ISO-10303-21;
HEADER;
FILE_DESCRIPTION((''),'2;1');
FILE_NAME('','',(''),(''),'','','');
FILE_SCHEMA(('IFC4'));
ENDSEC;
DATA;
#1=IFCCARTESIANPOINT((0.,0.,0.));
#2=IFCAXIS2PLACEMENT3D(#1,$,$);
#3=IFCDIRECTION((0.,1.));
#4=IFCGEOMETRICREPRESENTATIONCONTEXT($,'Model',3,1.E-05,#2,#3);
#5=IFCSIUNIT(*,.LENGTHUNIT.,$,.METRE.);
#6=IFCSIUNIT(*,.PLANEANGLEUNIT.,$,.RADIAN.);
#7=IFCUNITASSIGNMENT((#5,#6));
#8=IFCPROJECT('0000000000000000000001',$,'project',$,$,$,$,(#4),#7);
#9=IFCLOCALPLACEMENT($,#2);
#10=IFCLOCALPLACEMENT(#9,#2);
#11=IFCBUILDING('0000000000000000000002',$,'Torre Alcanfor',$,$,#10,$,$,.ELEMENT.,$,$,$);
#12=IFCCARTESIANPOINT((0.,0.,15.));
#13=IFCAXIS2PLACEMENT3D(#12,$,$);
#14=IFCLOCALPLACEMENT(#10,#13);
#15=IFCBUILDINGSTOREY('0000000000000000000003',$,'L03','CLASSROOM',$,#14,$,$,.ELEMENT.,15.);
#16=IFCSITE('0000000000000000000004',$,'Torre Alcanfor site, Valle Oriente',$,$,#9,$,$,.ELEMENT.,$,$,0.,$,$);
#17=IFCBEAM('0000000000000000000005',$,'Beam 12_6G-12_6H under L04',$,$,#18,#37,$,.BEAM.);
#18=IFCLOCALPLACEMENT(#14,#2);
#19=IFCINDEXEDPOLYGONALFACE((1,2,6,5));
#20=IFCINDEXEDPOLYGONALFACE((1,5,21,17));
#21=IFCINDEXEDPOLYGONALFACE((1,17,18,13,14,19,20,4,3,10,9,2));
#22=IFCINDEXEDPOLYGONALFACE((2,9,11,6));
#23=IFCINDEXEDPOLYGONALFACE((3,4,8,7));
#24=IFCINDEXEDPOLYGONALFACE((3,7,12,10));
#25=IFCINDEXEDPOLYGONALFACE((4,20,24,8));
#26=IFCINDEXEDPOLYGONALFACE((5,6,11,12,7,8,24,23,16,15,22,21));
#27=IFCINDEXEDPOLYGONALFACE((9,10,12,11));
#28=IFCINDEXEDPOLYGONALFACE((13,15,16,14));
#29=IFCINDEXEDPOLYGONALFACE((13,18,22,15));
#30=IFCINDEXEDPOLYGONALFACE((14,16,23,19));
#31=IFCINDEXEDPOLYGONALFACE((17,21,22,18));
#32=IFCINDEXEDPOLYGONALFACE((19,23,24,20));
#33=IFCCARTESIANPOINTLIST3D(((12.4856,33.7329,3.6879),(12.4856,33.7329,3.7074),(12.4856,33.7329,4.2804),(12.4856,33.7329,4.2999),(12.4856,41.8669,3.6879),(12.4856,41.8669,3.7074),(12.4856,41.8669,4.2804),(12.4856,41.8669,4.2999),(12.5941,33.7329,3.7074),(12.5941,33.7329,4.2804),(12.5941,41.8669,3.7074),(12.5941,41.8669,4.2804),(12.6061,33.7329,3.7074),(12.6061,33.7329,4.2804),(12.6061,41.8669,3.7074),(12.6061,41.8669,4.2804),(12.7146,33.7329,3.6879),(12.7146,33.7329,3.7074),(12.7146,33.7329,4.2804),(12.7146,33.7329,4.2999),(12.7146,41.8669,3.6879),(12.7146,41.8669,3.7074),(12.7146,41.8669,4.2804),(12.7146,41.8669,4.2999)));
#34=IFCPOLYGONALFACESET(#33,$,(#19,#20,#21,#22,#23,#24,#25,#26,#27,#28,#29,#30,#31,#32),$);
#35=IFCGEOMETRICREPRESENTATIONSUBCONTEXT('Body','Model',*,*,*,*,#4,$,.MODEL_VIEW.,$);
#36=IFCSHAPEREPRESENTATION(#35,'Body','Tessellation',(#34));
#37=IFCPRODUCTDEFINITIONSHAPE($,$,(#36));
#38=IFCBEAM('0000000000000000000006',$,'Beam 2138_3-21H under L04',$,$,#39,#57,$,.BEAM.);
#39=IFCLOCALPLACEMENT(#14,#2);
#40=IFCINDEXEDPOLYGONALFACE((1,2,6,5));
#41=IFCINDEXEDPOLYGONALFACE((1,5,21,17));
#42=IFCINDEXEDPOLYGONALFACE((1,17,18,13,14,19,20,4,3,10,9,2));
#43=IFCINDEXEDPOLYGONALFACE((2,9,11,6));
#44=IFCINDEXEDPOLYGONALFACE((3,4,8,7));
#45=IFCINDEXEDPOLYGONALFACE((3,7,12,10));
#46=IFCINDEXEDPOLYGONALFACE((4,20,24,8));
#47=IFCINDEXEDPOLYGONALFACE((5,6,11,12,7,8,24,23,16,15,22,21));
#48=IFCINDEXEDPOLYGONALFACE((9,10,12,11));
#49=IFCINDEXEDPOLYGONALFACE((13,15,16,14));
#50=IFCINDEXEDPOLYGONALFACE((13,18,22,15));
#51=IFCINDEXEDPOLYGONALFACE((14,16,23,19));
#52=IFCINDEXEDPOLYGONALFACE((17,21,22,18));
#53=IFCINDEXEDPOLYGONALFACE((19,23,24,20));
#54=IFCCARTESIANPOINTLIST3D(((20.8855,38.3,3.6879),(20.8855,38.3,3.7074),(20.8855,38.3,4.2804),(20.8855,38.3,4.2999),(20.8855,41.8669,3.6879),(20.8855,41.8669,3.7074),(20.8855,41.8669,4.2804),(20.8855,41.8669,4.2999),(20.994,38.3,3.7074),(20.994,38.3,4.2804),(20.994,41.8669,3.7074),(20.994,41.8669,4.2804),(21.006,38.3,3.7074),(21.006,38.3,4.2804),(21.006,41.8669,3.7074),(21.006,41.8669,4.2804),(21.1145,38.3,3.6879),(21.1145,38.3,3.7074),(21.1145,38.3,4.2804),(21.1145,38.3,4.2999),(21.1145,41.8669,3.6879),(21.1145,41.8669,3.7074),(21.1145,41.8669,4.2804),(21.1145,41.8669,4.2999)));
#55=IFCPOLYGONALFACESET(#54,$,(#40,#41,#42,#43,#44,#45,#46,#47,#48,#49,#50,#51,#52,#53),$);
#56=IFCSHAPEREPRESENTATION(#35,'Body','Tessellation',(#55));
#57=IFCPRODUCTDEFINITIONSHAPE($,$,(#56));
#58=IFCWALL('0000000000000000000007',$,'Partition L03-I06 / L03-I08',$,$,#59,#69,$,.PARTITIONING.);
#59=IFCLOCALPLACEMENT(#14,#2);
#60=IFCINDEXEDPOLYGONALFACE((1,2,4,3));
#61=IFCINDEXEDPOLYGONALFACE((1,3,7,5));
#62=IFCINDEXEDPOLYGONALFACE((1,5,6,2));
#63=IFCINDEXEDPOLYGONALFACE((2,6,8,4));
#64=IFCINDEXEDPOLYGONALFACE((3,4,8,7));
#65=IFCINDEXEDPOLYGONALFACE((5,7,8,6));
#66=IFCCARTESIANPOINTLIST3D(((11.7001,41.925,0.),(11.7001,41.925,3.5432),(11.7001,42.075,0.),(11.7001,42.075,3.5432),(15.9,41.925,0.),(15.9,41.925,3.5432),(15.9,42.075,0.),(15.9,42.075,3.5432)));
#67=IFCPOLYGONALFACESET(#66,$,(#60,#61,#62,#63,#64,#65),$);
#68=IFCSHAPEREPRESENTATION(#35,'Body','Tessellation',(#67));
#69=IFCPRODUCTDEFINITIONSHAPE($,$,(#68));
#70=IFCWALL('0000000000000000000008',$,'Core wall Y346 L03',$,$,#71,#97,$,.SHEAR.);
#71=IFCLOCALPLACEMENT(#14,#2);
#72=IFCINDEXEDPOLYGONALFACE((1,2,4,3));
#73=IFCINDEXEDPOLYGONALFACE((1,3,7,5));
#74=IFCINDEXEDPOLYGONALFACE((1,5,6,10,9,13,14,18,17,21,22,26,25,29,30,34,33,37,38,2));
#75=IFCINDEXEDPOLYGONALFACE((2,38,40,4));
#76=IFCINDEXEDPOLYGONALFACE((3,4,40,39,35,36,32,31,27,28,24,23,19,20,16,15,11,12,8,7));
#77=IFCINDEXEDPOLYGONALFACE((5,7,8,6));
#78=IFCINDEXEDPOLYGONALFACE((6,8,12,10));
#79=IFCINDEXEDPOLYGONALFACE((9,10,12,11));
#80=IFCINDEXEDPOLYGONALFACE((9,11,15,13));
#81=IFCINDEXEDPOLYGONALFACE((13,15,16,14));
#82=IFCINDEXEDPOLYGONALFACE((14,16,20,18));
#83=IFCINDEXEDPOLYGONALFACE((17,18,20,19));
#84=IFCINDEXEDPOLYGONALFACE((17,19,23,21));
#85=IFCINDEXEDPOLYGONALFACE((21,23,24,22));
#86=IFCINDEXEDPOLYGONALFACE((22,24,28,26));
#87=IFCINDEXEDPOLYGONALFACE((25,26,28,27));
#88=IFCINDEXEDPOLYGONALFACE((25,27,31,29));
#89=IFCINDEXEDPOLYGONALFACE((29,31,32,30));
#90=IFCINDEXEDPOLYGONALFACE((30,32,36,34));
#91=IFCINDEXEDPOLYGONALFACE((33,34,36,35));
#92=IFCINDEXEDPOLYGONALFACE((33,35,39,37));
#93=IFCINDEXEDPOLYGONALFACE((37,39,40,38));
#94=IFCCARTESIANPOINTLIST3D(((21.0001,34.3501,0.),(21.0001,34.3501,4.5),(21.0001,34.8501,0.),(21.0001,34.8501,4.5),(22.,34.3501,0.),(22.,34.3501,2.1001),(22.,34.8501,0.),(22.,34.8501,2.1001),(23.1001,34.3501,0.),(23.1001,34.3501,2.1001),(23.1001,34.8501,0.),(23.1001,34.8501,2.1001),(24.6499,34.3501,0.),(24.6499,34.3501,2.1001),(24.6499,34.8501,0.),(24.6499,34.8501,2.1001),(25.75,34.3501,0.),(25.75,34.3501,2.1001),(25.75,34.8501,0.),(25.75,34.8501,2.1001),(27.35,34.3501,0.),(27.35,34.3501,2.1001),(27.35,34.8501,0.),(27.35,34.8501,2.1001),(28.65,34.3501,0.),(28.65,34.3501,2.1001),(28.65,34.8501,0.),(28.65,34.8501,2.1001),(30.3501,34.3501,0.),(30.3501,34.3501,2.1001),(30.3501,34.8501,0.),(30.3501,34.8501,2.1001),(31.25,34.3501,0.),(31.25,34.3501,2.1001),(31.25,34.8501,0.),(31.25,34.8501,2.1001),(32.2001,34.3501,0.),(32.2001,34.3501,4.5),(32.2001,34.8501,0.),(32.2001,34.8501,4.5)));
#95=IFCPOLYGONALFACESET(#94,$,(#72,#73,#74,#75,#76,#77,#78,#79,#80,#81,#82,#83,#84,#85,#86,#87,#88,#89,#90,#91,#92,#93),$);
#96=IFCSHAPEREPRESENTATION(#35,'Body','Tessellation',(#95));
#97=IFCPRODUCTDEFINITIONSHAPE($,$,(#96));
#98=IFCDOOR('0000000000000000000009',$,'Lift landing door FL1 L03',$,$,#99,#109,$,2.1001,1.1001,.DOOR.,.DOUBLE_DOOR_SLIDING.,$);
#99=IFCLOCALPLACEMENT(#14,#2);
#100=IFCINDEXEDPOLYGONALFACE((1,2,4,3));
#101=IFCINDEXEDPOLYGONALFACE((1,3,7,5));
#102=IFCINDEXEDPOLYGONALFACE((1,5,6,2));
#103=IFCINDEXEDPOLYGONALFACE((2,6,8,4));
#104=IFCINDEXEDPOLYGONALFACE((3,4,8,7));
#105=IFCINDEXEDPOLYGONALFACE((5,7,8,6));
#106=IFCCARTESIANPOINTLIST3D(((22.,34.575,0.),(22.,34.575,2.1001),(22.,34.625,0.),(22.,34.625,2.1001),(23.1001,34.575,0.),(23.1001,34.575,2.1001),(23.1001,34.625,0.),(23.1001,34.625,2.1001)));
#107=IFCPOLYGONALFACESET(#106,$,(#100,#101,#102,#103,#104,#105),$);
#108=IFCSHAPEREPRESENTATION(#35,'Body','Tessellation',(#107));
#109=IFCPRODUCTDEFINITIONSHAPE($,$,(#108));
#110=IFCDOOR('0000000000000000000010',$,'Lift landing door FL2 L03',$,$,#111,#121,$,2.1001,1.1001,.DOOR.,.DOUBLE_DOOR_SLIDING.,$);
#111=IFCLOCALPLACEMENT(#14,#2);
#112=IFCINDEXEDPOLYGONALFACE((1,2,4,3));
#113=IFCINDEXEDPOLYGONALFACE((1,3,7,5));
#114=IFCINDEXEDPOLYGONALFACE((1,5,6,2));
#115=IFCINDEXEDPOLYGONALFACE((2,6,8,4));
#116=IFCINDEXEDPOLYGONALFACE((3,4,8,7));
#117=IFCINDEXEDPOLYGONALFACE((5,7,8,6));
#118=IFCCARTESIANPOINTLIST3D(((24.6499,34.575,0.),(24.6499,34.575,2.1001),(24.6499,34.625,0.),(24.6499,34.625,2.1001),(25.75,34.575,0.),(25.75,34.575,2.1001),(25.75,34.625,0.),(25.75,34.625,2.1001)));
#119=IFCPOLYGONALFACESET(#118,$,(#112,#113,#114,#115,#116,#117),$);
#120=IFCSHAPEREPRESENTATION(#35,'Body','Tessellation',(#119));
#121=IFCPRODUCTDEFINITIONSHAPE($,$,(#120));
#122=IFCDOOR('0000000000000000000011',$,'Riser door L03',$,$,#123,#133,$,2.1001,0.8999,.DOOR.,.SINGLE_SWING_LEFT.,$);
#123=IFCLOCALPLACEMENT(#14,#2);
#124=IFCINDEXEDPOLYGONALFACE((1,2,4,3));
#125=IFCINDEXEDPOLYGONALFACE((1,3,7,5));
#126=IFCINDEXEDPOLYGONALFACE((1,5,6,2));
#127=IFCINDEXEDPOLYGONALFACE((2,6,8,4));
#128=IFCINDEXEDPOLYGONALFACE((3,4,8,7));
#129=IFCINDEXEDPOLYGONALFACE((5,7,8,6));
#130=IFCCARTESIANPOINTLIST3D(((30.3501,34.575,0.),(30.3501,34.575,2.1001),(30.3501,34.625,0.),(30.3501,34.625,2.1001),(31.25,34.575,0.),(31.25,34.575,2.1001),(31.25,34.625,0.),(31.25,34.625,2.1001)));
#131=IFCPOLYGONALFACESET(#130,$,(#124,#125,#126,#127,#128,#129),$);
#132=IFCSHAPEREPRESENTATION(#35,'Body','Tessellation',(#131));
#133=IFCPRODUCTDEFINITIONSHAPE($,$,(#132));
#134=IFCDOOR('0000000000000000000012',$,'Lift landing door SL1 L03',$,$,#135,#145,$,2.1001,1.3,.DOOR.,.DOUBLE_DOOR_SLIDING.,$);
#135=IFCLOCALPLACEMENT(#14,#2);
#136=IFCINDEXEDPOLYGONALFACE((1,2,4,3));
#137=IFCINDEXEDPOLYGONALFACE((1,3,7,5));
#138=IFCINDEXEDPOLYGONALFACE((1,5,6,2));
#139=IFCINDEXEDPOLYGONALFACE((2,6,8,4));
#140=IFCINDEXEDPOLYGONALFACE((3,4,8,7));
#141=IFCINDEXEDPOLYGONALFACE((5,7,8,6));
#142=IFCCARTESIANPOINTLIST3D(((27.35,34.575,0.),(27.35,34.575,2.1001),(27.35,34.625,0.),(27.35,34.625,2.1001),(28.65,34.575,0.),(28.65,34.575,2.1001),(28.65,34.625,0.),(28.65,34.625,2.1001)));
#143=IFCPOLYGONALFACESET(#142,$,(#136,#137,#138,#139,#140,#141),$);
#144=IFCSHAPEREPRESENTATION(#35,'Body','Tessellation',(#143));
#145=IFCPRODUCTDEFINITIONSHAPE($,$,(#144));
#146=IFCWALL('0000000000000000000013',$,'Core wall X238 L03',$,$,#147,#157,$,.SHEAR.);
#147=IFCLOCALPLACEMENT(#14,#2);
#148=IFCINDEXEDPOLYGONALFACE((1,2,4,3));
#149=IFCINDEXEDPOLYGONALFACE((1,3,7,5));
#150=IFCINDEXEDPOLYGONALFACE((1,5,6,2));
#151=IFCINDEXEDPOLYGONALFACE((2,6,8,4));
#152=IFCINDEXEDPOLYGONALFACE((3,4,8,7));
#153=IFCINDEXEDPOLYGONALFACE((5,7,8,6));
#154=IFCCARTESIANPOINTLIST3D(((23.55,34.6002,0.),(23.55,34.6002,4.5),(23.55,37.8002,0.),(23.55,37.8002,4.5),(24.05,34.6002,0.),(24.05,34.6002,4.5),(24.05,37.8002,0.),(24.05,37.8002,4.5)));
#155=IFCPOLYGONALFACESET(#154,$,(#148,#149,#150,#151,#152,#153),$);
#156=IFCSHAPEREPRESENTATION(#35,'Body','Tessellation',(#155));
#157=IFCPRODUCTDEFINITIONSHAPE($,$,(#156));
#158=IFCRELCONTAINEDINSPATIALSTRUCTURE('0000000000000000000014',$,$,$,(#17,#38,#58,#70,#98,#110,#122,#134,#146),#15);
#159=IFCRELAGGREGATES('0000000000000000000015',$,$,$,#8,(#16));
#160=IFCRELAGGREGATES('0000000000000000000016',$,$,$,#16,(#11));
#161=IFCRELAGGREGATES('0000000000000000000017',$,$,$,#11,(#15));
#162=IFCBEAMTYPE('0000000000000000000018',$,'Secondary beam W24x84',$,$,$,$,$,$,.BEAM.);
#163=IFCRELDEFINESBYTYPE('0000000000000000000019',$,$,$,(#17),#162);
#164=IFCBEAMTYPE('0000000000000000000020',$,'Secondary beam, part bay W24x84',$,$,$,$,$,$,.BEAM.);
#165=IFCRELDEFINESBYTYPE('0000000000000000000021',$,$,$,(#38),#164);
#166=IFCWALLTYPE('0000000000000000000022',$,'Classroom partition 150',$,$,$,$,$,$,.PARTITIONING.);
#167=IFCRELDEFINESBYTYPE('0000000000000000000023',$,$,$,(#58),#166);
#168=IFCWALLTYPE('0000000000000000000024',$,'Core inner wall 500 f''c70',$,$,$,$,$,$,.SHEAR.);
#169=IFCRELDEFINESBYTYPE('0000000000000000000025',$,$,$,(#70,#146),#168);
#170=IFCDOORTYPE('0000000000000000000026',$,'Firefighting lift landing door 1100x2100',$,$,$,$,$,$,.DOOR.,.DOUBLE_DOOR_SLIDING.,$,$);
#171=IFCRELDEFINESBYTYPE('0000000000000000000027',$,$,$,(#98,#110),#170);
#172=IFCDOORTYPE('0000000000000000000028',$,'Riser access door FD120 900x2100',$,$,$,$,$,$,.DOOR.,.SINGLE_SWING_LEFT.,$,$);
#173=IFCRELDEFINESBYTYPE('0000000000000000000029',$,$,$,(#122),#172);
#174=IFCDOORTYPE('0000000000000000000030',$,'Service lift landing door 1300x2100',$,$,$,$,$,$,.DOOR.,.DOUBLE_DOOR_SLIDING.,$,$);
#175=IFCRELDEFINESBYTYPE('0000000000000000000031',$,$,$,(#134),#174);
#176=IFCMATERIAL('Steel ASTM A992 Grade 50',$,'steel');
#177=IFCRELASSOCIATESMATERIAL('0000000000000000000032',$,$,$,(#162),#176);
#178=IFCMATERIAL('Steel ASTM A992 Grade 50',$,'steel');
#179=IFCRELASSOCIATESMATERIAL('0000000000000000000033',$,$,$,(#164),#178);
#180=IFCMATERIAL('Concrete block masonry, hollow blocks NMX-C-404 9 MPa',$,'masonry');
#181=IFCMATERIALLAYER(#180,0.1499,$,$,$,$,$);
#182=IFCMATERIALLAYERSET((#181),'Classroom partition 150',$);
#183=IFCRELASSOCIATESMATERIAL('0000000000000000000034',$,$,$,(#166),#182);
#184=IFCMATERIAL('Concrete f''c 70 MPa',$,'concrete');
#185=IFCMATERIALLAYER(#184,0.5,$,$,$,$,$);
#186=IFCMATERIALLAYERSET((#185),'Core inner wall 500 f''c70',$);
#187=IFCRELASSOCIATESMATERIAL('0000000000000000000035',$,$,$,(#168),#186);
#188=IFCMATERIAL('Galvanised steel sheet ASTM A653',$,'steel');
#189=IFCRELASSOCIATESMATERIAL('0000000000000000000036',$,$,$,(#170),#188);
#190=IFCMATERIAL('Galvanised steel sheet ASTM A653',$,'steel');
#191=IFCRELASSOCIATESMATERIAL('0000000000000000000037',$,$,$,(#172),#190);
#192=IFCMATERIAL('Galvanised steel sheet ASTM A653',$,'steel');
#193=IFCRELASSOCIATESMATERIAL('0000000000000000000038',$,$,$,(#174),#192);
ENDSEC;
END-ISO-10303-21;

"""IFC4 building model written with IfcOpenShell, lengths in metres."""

from ifc_helpers import new_model, si_unit, direction, frame, frame_2d, origin, origin_2d, place, context, subcontext, project, spatial, rectangle, i_section, extrude, material, layer, layer_set, material_profile, profile_set, type_object, element, fill, save


model = new_model("IFC4")

# Units and contexts
model_context = context("Model", 3, precision=1e-05, world=origin(), true_north=direction((0.0, 1.0)))
body_context = subcontext(model_context, "Body", "Model", "MODEL_VIEW")
ifc_project = project(units=[si_unit("LENGTHUNIT", "METRE"), si_unit("PLANEANGLEUNIT", "RADIAN")], contexts=[model_context])

# Site, building, storey
site_placement = place(None, origin())
site = spatial("IfcSite", under=ifc_project, at=site_placement, Name="Torre Alcanfor site, Valle Oriente", CompositionType="ELEMENT", RefElevation=0.0)
building_placement = place(site_placement, origin())
building = spatial("IfcBuilding", under=site, at=building_placement, Name="Torre Alcanfor", CompositionType="ELEMENT")
storey_placement = place(building_placement, frame((0.0, 0.0, 15.0)))
storey = spatial("IfcBuildingStorey", under=building, at=storey_placement, Name="L03", Description="CLASSROOM", CompositionType="ELEMENT", Elevation=15.0)

# Beams
ifc_material_1 = material(Name="Steel ASTM A992 Grade 50", Category="steel")
ifc_material_profile_1 = material_profile(ifc_material_1, i_section(OverallWidth=0.229, OverallDepth=0.6121, WebThickness=0.012, FlangeThickness=0.0195, at=origin_2d()), Name="W24x84")
ifc_profile_set_1 = profile_set([ifc_material_profile_1], Name="Steel ASTM A992 Grade 50")
beam_type_1 = type_object("IfcBeamType", Name="Secondary beam W24x84", PredefinedType="BEAM", material=ifc_profile_set_1)
beam_1_placement = place(storey_placement, frame((12.6001, 33.7329, 3.9939), z_axis=(0.0, 1.0, 0.0), x_axis=(-1.0, 0.0, 0.0)))
element("IfcBeam", 1, at=beam_1_placement, inside=storey, type_object=beam_type_1, Name="Beam 12_6G-12_6H under L04", PredefinedType="BEAM", context=body_context, shape_type="SweptSolid", body=[
    extrude(i_section(OverallWidth=0.229, OverallDepth=0.6121, WebThickness=0.012, FlangeThickness=0.0195, at=origin_2d()), origin(), (0.0, 0.0, 1.0), 8.134),
])
ifc_material_2 = material(Name="Steel ASTM A992 Grade 50", Category="steel")
ifc_material_profile_2 = material_profile(ifc_material_2, i_section(OverallWidth=0.229, OverallDepth=0.6121, WebThickness=0.012, FlangeThickness=0.0195, at=origin_2d()), Name="W24x84")
ifc_profile_set_2 = profile_set([ifc_material_profile_2], Name="Steel ASTM A992 Grade 50")
beam_type_2 = type_object("IfcBeamType", Name="Secondary beam, part bay W24x84", PredefinedType="BEAM", material=ifc_profile_set_2)
beam_2_placement = place(storey_placement, frame((21.0, 38.3, 3.9939), z_axis=(0.0, 1.0, 0.0), x_axis=(-1.0, 0.0, 0.0)))
element("IfcBeam", 2, at=beam_2_placement, inside=storey, type_object=beam_type_2, Name="Beam 2138_3-21H under L04", PredefinedType="BEAM", context=body_context, shape_type="SweptSolid", body=[
    extrude(i_section(OverallWidth=0.229, OverallDepth=0.6121, WebThickness=0.012, FlangeThickness=0.0195, at=origin_2d()), origin(), (0.0, 0.0, 1.0), 3.5669),
])

# Wall
ifc_material_3 = material(Name="Concrete block masonry, hollow blocks NMX-C-404 9 MPa", Category="masonry")
ifc_layer_1 = layer(ifc_material_3, 0.1499)
ifc_layer_set_1 = layer_set([ifc_layer_1], Name="Classroom partition 150")
wall_type_1 = type_object("IfcWallType", Name="Classroom partition 150", PredefinedType="PARTITIONING", material=ifc_layer_set_1)
wall_1_placement = place(storey_placement, frame((11.7, 42.0, 0.0), z_axis=(0.0, 0.0, 1.0), x_axis=(1.0, 0.0, 0.0)))
element("IfcWall", 3, at=wall_1_placement, inside=storey, type_object=wall_type_1, Name="Partition L03-I06 / L03-I08", PredefinedType="PARTITIONING", context=body_context, shape_type="SweptSolid", body=[
    extrude(rectangle(XDim=4.2, YDim=0.1499, at=frame_2d((2.1001, 0.0))), origin(), (0.0, 0.0, 1.0), 3.5432),
])

# Wall, openings, doors
ifc_material_4 = material(Name="Concrete f'c 70 MPa", Category="concrete")
ifc_layer_2 = layer(ifc_material_4, 0.5)
ifc_layer_set_2 = layer_set([ifc_layer_2], Name="Core inner wall 500 f'c70")
wall_type_2 = type_object("IfcWallType", Name="Core inner wall 500 f'c70", PredefinedType="SHEAR", material=ifc_layer_set_2)
wall_2_placement = place(storey_placement, frame((21.0, 34.6001, 0.0), z_axis=(0.0, 0.0, 1.0), x_axis=(1.0, 0.0, 0.0)))
wall_2 = element("IfcWall", 4, at=wall_2_placement, inside=storey, type_object=wall_type_2, Name="Core wall Y346 L03", PredefinedType="SHEAR", context=body_context, shape_type="SweptSolid", body=[
    extrude(rectangle(XDim=11.2, YDim=0.5, at=frame_2d((5.6001, 0.0))), origin(), (0.0, 0.0, 1.0), 4.5),
])
opening_1_placement = place(wall_2_placement, frame((9.3501, 0.0, 0.0)))
opening_1 = element("IfcOpeningElement", 5, at=opening_1_placement, cuts=wall_2, PredefinedType="OPENING", context=body_context, shape_type="SweptSolid", body=[
    extrude(rectangle(XDim=0.8999, YDim=2.1001, at=frame_2d((0.45, 1.05))), frame((0.0, 0.26, 0.0), z_axis=(0.0, -1.0, 0.0), x_axis=(1.0, 0.0, 0.0)), (0.0, 0.0, 1.0), 0.52),
])
opening_2_placement = place(wall_2_placement, frame((1.0, 0.0, 0.0)))
opening_2 = element("IfcOpeningElement", 6, at=opening_2_placement, cuts=wall_2, PredefinedType="OPENING", context=body_context, shape_type="SweptSolid", body=[
    extrude(rectangle(XDim=1.1001, YDim=2.1001, at=frame_2d((0.55, 1.05))), frame((0.0, 0.26, 0.0), z_axis=(0.0, -1.0, 0.0), x_axis=(1.0, 0.0, 0.0)), (0.0, 0.0, 1.0), 0.52),
])
opening_3_placement = place(wall_2_placement, frame((3.6499, 0.0, 0.0)))
opening_3 = element("IfcOpeningElement", 7, at=opening_3_placement, cuts=wall_2, PredefinedType="OPENING", context=body_context, shape_type="SweptSolid", body=[
    extrude(rectangle(XDim=1.1001, YDim=2.1001, at=frame_2d((0.55, 1.05))), frame((0.0, 0.26, 0.0), z_axis=(0.0, -1.0, 0.0), x_axis=(1.0, 0.0, 0.0)), (0.0, 0.0, 1.0), 0.52),
])
opening_4_placement = place(wall_2_placement, frame((6.3501, 0.0, 0.0)))
opening_4 = element("IfcOpeningElement", 8, at=opening_4_placement, cuts=wall_2, PredefinedType="OPENING", context=body_context, shape_type="SweptSolid", body=[
    extrude(rectangle(XDim=1.3, YDim=2.1001, at=frame_2d((0.6499, 1.05))), frame((0.0, 0.26, 0.0), z_axis=(0.0, -1.0, 0.0), x_axis=(1.0, 0.0, 0.0)), (0.0, 0.0, 1.0), 0.52),
])
ifc_material_5 = material(Name="Galvanised steel sheet ASTM A653", Category="steel")
door_type_1 = type_object("IfcDoorType", Name="Firefighting lift landing door 1100x2100", OperationType="DOUBLE_DOOR_SLIDING", PredefinedType="DOOR", material=ifc_material_5)
door_1_placement = place(opening_2_placement, origin())
door_1 = element("IfcDoor", 9, at=door_1_placement, inside=storey, type_object=door_type_1, Name="Lift landing door FL1 L03", OperationType="DOUBLE_DOOR_SLIDING", OverallHeight=2.1001, OverallWidth=1.1001, PredefinedType="DOOR", context=body_context, shape_type="SweptSolid", body=[
    extrude(rectangle(XDim=1.1001, YDim=2.1001, at=frame_2d((0.55, 1.05))), frame((0.0, 0.0249, 0.0), z_axis=(0.0, -1.0, 0.0), x_axis=(1.0, 0.0, 0.0)), (0.0, 0.0, 1.0), 0.05),
])
fill(opening_2, door_1)
door_2_placement = place(opening_3_placement, origin())
door_2 = element("IfcDoor", 10, at=door_2_placement, inside=storey, type_object=door_type_1, Name="Lift landing door FL2 L03", OperationType="DOUBLE_DOOR_SLIDING", OverallHeight=2.1001, OverallWidth=1.1001, PredefinedType="DOOR", context=body_context, shape_type="SweptSolid", body=[
    extrude(rectangle(XDim=1.1001, YDim=2.1001, at=frame_2d((0.55, 1.05))), frame((0.0, 0.0249, 0.0), z_axis=(0.0, -1.0, 0.0), x_axis=(1.0, 0.0, 0.0)), (0.0, 0.0, 1.0), 0.05),
])
fill(opening_3, door_2)
ifc_material_6 = material(Name="Galvanised steel sheet ASTM A653", Category="steel")
door_type_2 = type_object("IfcDoorType", Name="Riser access door FD120 900x2100", OperationType="SINGLE_SWING_LEFT", PredefinedType="DOOR", material=ifc_material_6)
door_3_placement = place(opening_1_placement, origin())
door_3 = element("IfcDoor", 11, at=door_3_placement, inside=storey, type_object=door_type_2, Name="Riser door L03", OperationType="SINGLE_SWING_LEFT", OverallHeight=2.1001, OverallWidth=0.8999, PredefinedType="DOOR", context=body_context, shape_type="SweptSolid", body=[
    extrude(rectangle(XDim=0.8999, YDim=2.1001, at=frame_2d((0.45, 1.05))), frame((0.0, 0.0249, 0.0), z_axis=(0.0, -1.0, 0.0), x_axis=(1.0, 0.0, 0.0)), (0.0, 0.0, 1.0), 0.05),
])
fill(opening_1, door_3)
ifc_material_7 = material(Name="Galvanised steel sheet ASTM A653", Category="steel")
door_type_3 = type_object("IfcDoorType", Name="Service lift landing door 1300x2100", OperationType="DOUBLE_DOOR_SLIDING", PredefinedType="DOOR", material=ifc_material_7)
door_4_placement = place(opening_4_placement, origin())
door_4 = element("IfcDoor", 12, at=door_4_placement, inside=storey, type_object=door_type_3, Name="Lift landing door SL1 L03", OperationType="DOUBLE_DOOR_SLIDING", OverallHeight=2.1001, OverallWidth=1.3, PredefinedType="DOOR", context=body_context, shape_type="SweptSolid", body=[
    extrude(rectangle(XDim=1.3, YDim=2.1001, at=frame_2d((0.6499, 1.05))), frame((0.0, 0.0249, 0.0), z_axis=(0.0, -1.0, 0.0), x_axis=(1.0, 0.0, 0.0)), (0.0, 0.0, 1.0), 0.05),
])
fill(opening_4, door_4)

# Wall
wall_3_placement = place(storey_placement, frame((23.8, 34.6001, 0.0), z_axis=(0.0, 0.0, 1.0), x_axis=(0.0, 1.0, 0.0)))
element("IfcWall", 13, at=wall_3_placement, inside=storey, type_object=wall_type_2, Name="Core wall X238 L03", PredefinedType="SHEAR", context=body_context, shape_type="SweptSolid", body=[
    extrude(rectangle(XDim=3.2, YDim=0.5, at=frame_2d((1.6001, 0.0))), origin(), (0.0, 0.0, 1.0), 4.5),
])

save(model, "model.ifc")
